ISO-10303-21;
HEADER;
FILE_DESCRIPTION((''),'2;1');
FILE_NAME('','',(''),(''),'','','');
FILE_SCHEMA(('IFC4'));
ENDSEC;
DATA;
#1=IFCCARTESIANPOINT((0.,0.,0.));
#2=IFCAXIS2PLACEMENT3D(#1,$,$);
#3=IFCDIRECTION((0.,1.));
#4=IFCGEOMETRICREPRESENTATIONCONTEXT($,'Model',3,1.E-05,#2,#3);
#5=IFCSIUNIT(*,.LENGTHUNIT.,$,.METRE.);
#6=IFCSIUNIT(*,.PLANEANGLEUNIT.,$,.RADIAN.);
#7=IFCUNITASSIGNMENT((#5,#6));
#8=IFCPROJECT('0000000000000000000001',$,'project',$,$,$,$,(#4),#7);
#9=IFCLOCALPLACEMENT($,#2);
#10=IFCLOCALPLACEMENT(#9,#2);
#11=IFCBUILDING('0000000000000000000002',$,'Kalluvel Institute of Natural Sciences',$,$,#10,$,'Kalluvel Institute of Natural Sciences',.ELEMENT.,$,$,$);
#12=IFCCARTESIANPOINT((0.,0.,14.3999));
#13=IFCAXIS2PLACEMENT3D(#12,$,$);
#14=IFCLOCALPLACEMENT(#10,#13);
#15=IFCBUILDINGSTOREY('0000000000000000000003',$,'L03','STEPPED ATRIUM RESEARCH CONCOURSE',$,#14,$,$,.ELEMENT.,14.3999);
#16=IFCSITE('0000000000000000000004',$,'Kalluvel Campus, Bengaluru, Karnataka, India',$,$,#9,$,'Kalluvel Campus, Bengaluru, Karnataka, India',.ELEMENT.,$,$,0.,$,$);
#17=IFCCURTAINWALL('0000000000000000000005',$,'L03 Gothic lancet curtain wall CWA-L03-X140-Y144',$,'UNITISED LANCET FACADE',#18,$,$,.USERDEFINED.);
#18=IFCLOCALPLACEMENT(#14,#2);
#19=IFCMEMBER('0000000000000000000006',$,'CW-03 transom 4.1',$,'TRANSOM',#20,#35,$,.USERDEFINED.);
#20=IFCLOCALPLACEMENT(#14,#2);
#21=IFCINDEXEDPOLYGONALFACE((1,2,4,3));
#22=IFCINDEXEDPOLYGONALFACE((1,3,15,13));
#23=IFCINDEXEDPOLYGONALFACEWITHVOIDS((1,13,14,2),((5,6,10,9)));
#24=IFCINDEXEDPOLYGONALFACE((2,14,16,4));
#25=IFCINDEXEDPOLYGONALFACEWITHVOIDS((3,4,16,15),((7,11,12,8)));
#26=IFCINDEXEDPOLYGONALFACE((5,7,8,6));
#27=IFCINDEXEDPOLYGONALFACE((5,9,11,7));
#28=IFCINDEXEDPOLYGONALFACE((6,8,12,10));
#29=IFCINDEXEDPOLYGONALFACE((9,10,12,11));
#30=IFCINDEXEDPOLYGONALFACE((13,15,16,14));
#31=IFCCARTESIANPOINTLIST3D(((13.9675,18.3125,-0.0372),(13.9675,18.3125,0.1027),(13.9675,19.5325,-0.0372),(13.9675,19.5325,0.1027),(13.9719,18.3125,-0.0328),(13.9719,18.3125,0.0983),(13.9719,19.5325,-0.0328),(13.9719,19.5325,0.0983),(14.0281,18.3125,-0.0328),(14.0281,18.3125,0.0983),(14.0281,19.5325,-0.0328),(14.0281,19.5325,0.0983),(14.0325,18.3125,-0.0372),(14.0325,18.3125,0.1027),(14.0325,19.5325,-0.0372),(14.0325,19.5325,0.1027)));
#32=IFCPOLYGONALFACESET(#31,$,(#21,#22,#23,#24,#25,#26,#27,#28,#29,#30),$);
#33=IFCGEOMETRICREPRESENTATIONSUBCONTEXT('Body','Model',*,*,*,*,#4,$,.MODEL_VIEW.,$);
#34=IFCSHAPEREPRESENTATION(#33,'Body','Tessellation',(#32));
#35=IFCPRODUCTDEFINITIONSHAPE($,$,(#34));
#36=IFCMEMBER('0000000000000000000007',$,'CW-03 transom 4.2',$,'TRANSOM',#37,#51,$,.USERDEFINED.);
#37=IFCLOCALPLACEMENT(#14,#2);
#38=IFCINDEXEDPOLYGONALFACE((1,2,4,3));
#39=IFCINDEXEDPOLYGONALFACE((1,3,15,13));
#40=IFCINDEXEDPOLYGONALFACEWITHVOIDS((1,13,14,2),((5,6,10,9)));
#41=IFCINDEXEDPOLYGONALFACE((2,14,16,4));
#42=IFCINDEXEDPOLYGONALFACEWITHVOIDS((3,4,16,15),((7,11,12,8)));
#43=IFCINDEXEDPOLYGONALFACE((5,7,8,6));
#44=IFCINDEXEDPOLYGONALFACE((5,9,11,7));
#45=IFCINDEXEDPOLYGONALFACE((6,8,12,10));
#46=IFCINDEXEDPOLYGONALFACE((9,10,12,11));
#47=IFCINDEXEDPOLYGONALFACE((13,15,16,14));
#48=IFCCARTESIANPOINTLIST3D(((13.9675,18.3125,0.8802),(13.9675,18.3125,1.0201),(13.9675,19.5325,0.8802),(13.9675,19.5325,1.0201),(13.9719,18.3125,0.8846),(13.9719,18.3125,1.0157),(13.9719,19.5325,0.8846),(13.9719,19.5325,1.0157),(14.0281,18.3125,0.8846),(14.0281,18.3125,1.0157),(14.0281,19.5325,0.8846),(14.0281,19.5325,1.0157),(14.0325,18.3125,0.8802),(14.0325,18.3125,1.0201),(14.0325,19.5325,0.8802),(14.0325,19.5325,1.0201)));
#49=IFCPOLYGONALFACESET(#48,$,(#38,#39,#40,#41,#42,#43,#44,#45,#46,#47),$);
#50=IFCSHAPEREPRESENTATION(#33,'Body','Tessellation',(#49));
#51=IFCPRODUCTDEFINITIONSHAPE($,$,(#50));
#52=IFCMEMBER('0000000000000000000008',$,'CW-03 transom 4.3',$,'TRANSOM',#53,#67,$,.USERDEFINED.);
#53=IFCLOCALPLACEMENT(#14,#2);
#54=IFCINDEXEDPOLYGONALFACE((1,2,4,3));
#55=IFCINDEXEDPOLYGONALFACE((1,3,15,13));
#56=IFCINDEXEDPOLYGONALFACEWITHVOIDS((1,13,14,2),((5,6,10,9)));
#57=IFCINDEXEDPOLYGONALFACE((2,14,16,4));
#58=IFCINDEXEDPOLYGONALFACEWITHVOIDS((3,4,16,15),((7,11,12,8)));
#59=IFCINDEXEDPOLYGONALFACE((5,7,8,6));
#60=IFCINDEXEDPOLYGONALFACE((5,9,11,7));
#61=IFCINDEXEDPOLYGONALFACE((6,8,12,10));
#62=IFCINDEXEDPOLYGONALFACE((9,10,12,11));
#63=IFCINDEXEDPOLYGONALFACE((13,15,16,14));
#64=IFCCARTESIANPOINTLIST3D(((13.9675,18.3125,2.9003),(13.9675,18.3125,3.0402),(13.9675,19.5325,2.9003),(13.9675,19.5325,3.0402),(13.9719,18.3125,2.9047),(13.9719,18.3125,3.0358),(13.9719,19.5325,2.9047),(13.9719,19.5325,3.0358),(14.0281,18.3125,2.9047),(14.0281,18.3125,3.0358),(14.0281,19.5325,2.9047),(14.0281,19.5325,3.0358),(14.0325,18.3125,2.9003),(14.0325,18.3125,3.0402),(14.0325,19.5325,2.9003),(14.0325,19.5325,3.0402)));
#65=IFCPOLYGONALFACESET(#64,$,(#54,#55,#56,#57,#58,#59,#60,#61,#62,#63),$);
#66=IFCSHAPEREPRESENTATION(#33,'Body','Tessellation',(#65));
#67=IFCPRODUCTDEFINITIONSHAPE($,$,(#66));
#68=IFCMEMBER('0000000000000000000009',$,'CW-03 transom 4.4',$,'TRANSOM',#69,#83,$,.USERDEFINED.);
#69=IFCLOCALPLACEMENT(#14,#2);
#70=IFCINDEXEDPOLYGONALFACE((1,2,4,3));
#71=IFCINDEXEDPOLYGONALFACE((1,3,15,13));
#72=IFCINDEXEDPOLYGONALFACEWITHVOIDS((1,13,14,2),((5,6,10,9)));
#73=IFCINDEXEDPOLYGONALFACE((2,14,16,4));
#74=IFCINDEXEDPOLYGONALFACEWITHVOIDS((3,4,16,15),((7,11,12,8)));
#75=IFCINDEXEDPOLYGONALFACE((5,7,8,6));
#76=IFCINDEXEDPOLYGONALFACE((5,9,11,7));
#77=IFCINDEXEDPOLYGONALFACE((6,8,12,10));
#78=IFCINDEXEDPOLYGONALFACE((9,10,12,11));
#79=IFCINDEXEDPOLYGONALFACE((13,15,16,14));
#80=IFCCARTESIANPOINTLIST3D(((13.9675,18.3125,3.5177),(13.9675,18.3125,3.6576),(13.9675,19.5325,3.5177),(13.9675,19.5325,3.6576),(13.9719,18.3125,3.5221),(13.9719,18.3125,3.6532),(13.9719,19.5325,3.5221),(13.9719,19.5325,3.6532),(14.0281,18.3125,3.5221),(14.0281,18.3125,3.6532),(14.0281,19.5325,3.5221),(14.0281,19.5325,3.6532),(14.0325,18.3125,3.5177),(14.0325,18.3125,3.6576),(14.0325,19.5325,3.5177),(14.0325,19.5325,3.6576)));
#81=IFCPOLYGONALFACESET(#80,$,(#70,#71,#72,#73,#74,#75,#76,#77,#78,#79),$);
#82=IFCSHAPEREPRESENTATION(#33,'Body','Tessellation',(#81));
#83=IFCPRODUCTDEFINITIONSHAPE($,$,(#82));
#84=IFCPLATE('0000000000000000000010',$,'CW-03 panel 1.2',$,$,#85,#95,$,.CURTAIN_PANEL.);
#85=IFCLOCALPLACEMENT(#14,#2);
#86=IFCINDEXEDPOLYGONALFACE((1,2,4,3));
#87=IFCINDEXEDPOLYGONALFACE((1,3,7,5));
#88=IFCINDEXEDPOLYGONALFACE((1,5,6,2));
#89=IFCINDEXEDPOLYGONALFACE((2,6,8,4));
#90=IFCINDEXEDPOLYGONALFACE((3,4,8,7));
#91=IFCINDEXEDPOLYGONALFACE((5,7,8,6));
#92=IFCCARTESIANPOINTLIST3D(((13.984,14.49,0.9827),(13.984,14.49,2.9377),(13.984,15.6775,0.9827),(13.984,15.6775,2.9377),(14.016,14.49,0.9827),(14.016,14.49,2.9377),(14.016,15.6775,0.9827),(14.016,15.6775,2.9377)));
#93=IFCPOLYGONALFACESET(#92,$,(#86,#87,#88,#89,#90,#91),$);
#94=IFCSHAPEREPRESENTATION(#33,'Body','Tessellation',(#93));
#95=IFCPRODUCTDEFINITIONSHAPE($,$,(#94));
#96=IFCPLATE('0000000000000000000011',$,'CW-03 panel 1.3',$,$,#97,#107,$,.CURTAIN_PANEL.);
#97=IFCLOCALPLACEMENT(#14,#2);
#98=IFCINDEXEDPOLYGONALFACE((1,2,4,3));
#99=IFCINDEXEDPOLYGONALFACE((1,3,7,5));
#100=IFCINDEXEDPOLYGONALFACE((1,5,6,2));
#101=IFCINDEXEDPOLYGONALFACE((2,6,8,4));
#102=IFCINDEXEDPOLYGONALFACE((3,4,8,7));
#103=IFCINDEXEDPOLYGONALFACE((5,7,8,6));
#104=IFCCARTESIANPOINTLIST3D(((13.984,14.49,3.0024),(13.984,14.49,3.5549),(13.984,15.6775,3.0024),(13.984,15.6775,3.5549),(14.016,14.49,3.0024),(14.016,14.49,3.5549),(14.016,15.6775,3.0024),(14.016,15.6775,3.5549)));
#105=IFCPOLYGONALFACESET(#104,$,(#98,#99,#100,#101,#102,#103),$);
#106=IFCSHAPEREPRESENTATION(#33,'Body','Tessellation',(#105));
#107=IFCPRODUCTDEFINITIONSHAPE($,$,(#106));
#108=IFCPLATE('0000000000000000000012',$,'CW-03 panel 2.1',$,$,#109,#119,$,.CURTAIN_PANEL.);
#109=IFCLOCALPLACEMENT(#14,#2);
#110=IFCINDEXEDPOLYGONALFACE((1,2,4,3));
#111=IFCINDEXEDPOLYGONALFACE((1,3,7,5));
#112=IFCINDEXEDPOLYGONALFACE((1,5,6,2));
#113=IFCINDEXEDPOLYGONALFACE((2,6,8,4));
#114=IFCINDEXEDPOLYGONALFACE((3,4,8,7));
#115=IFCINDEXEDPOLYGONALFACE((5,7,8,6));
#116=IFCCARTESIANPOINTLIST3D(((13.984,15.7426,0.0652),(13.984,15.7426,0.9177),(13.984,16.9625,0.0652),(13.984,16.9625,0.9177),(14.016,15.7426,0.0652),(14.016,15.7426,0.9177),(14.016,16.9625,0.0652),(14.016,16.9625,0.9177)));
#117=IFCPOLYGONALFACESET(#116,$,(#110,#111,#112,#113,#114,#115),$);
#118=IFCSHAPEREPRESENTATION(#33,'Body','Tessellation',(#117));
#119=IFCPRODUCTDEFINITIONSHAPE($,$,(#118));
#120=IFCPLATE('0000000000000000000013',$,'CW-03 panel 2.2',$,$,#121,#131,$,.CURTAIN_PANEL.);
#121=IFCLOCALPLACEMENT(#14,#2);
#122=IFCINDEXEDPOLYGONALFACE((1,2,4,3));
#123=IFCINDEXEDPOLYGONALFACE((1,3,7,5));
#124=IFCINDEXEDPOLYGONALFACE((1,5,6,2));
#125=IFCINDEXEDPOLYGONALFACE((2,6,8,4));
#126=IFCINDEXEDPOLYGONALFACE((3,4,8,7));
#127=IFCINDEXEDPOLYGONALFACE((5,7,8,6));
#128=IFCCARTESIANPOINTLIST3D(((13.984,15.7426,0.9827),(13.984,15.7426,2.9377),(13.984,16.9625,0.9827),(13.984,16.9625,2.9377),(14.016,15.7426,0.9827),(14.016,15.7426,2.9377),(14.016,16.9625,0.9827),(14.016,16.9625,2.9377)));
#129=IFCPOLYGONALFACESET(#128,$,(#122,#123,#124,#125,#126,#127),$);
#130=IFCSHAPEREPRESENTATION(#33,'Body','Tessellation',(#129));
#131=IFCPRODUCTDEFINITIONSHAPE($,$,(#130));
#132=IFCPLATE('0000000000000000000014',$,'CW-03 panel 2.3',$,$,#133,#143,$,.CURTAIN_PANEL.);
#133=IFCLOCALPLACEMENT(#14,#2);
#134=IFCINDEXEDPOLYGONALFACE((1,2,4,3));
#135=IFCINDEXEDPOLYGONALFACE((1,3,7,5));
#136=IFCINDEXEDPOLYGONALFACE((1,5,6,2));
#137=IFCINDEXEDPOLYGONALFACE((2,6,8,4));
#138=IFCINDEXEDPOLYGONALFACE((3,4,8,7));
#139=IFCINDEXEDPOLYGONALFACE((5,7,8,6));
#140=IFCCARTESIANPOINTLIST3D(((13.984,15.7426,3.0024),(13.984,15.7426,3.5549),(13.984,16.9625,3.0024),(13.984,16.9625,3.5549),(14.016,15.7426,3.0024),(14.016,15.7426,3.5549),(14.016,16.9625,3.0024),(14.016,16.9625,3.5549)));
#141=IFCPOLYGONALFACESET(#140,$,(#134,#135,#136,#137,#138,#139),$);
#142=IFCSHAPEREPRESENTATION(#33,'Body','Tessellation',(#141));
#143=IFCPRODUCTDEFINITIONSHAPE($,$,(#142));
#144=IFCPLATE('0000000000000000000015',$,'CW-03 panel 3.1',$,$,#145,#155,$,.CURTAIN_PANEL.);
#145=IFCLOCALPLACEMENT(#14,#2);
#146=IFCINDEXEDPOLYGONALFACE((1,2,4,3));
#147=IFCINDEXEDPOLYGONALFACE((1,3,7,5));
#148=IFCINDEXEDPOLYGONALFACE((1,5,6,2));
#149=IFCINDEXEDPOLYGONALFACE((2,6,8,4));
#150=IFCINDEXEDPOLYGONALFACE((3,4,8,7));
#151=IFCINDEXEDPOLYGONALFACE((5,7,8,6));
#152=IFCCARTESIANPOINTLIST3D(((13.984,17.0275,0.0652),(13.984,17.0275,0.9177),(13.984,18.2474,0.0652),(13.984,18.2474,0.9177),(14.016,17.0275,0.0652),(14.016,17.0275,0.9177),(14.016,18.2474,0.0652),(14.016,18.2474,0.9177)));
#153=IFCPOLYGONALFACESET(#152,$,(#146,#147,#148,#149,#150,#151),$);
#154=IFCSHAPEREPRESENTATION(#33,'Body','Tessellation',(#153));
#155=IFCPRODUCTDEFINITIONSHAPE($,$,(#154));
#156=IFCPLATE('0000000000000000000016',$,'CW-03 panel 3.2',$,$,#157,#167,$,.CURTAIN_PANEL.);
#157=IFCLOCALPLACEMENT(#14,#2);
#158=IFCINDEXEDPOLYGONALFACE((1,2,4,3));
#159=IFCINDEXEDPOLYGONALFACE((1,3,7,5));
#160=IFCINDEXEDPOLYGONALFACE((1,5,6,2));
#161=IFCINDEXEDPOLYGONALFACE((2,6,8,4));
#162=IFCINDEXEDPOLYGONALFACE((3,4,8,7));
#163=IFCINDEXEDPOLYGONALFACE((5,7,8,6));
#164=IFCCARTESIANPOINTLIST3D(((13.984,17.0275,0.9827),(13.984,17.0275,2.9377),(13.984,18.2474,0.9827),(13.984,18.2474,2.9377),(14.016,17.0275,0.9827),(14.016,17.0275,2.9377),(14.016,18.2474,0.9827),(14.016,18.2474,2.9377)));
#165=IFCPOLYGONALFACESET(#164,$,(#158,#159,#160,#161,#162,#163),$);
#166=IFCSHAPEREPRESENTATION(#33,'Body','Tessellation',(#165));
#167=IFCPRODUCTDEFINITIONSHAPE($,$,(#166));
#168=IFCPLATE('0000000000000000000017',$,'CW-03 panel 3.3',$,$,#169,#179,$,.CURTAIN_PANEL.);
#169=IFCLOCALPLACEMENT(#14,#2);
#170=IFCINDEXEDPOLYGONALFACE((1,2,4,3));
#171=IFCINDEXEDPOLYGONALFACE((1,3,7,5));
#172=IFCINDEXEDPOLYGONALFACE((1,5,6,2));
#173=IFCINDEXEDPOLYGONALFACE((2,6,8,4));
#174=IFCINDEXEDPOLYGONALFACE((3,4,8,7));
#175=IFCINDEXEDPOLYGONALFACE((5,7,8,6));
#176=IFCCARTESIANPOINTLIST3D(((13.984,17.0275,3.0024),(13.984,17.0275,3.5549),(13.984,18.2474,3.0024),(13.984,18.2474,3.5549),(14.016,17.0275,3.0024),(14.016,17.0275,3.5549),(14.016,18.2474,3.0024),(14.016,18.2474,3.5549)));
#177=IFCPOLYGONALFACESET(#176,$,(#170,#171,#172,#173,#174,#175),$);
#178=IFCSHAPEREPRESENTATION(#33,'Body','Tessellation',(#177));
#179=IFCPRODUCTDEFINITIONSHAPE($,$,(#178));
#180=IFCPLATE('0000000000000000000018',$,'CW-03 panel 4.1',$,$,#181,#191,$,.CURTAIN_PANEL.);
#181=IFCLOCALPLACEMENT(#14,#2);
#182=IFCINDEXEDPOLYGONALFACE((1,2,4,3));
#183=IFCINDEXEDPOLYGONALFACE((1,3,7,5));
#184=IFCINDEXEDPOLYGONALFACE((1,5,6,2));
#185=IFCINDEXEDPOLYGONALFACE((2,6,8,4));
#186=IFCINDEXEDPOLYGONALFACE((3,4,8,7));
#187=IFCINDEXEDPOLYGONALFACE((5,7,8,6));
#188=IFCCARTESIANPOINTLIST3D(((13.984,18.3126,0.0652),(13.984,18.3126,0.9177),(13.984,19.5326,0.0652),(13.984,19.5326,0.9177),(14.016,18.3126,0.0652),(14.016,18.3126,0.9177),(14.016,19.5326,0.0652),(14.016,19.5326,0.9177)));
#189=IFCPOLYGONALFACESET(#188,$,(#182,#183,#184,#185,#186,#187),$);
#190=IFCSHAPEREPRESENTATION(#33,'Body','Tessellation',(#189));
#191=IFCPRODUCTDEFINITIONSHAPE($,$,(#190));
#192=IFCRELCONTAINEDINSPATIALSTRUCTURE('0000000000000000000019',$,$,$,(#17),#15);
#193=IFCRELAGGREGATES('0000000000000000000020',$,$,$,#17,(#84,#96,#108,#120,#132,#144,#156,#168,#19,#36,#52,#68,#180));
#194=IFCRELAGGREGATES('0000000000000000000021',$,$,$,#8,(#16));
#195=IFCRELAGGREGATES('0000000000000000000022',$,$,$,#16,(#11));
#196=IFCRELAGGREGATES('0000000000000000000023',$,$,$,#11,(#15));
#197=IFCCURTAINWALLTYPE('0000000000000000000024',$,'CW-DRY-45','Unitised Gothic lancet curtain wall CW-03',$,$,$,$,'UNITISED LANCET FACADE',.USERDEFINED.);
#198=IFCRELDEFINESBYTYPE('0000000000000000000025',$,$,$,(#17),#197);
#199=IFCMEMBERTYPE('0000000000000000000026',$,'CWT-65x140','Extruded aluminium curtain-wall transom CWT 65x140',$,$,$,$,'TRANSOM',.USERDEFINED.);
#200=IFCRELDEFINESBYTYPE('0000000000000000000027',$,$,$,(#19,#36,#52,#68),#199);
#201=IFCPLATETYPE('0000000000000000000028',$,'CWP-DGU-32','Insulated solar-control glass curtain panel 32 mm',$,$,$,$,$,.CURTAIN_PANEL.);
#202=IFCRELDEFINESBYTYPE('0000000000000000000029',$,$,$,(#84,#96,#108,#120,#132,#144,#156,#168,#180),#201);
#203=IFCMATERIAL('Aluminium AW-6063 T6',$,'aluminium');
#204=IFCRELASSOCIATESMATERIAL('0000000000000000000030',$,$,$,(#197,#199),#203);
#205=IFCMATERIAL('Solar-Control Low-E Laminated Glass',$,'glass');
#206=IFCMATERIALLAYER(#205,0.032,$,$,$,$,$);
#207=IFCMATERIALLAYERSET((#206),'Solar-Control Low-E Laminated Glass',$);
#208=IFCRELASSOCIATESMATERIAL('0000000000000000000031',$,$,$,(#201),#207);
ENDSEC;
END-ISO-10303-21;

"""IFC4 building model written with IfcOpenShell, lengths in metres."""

from ifc_helpers import new_model, si_unit, direction, frame, origin, origin_2d, place, context, subcontext, project, spatial, rectangle, hollow_rectangle, extrude, material, layer, layer_set, material_profile, profile_set, type_object, element, aggregate, save


model = new_model("IFC4")

# Units and contexts
model_context = context("Model", 3, precision=1e-05, world=origin(), true_north=direction((0.0, 1.0)))
body_context = subcontext(model_context, "Body", "Model", "MODEL_VIEW")
ifc_project = project(units=[si_unit("LENGTHUNIT", "METRE"), si_unit("PLANEANGLEUNIT", "RADIAN")], contexts=[model_context])

# Site, building, storey
site_placement = place(None, origin())
site = spatial("IfcSite", under=ifc_project, at=site_placement, Name="Kalluvel Campus, Bengaluru, Karnataka, India", LongName="Kalluvel Campus, Bengaluru, Karnataka, India", CompositionType="ELEMENT", RefElevation=0.0)
building_placement = place(site_placement, origin())
building = spatial("IfcBuilding", under=site, at=building_placement, Name="Kalluvel Institute of Natural Sciences", LongName="Kalluvel Institute of Natural Sciences", CompositionType="ELEMENT")
storey_placement = place(building_placement, frame((0.0, 0.0, 14.3999)))
storey = spatial("IfcBuildingStorey", under=building, at=storey_placement, Name="L03", Description="STEPPED ATRIUM RESEARCH CONCOURSE", CompositionType="ELEMENT", Elevation=14.3999)

# Curtain wall, members, plates
ifc_material_1 = material(Name="Aluminium AW-6063 T6", Category="aluminium")
curtain_wall_type = type_object("IfcCurtainWallType", Name="CW-DRY-45", Description="Unitised Gothic lancet curtain wall CW-03", ElementType="UNITISED LANCET FACADE", PredefinedType="USERDEFINED", material=ifc_material_1)
curtain_wall_placement = place(storey_placement, origin())
curtain_wall = element("IfcCurtainWall", 1, at=curtain_wall_placement, inside=storey, type_object=curtain_wall_type, Name="L03 Gothic lancet curtain wall CWA-L03-X140-Y144", ObjectType="UNITISED LANCET FACADE", PredefinedType="USERDEFINED")
ifc_material_profile_1 = material_profile(ifc_material_1, hollow_rectangle(XDim=0.0649, YDim=0.1399, WallThickness=0.0044, at=origin_2d()), Name="CWT 65x140")
ifc_profile_set_1 = profile_set([ifc_material_profile_1], Name="Aluminium AW-6063 T6")
member_type_1 = type_object("IfcMemberType", Name="CWT-65x140", Description="Extruded aluminium curtain-wall transom CWT 65x140", ElementType="TRANSOM", PredefinedType="USERDEFINED", material=ifc_profile_set_1)
member_1_placement = place(storey_placement, frame((14.0, 18.3125, 0.0327), z_axis=(0.0, 1.0, 0.0), x_axis=(-1.0, 0.0, 0.0)))
member_1 = element("IfcMember", 2, at=member_1_placement, type_object=member_type_1, Name="CW-03 transom 4.1", ObjectType="TRANSOM", PredefinedType="USERDEFINED", context=body_context, shape_type="SweptSolid", body=[
    extrude(hollow_rectangle(XDim=0.0649, YDim=0.1399, WallThickness=0.0044, at=origin_2d()), origin(), (0.0, 0.0, 1.0), 1.22),
])
member_2_placement = place(storey_placement, frame((14.0, 18.3125, 0.9502), z_axis=(0.0, 1.0, 0.0), x_axis=(-1.0, 0.0, 0.0)))
member_2 = element("IfcMember", 3, at=member_2_placement, type_object=member_type_1, Name="CW-03 transom 4.2", ObjectType="TRANSOM", PredefinedType="USERDEFINED", context=body_context, shape_type="SweptSolid", body=[
    extrude(hollow_rectangle(XDim=0.0649, YDim=0.1399, WallThickness=0.0044, at=origin_2d()), origin(), (0.0, 0.0, 1.0), 1.22),
])
member_3_placement = place(storey_placement, frame((14.0, 18.3125, 2.9702), z_axis=(0.0, 1.0, 0.0), x_axis=(-1.0, 0.0, 0.0)))
member_3 = element("IfcMember", 4, at=member_3_placement, type_object=member_type_1, Name="CW-03 transom 4.3", ObjectType="TRANSOM", PredefinedType="USERDEFINED", context=body_context, shape_type="SweptSolid", body=[
    extrude(hollow_rectangle(XDim=0.0649, YDim=0.1399, WallThickness=0.0044, at=origin_2d()), origin(), (0.0, 0.0, 1.0), 1.22),
])
member_4_placement = place(storey_placement, frame((14.0, 18.3125, 3.5876), z_axis=(0.0, 1.0, 0.0), x_axis=(-1.0, 0.0, 0.0)))
member_4 = element("IfcMember", 5, at=member_4_placement, type_object=member_type_1, Name="CW-03 transom 4.4", ObjectType="TRANSOM", PredefinedType="USERDEFINED", context=body_context, shape_type="SweptSolid", body=[
    extrude(hollow_rectangle(XDim=0.0649, YDim=0.1399, WallThickness=0.0044, at=origin_2d()), origin(), (0.0, 0.0, 1.0), 1.22),
])
ifc_material_2 = material(Name="Solar-Control Low-E Laminated Glass", Category="glass")
ifc_layer = layer(ifc_material_2, 0.032)
ifc_layer_set = layer_set([ifc_layer], Name="Solar-Control Low-E Laminated Glass")
plate_type = type_object("IfcPlateType", Name="CWP-DGU-32", Description="Insulated solar-control glass curtain panel 32 mm", PredefinedType="CURTAIN_PANEL", material=ifc_layer_set)
plate_1_placement = place(storey_placement, frame((14.0, 15.0837, 0.9827), z_axis=(0.0, 0.0, 1.0), x_axis=(0.0, 1.0, 0.0)))
plate_1 = element("IfcPlate", 6, at=plate_1_placement, type_object=plate_type, Name="CW-03 panel 1.2", PredefinedType="CURTAIN_PANEL", context=body_context, shape_type="SweptSolid", body=[
    extrude(rectangle(XDim=1.1875, YDim=0.032, at=origin_2d()), origin(), (0.0, 0.0, 1.0), 1.9551),
])
plate_2_placement = place(storey_placement, frame((14.0, 15.0837, 3.0024), z_axis=(0.0, 0.0, 1.0), x_axis=(0.0, 1.0, 0.0)))
plate_2 = element("IfcPlate", 7, at=plate_2_placement, type_object=plate_type, Name="CW-03 panel 1.3", PredefinedType="CURTAIN_PANEL", context=body_context, shape_type="SweptSolid", body=[
    extrude(rectangle(XDim=1.1875, YDim=0.032, at=origin_2d()), origin(), (0.0, 0.0, 1.0), 0.5525),
])
plate_3_placement = place(storey_placement, frame((14.0, 16.3525, 0.0652), z_axis=(0.0, 0.0, 1.0), x_axis=(0.0, 1.0, 0.0)))
plate_3 = element("IfcPlate", 8, at=plate_3_placement, type_object=plate_type, Name="CW-03 panel 2.1", PredefinedType="CURTAIN_PANEL", context=body_context, shape_type="SweptSolid", body=[
    extrude(rectangle(XDim=1.22, YDim=0.032, at=origin_2d()), origin(), (0.0, 0.0, 1.0), 0.8525),
])
plate_4_placement = place(storey_placement, frame((14.0, 16.3525, 0.9827), z_axis=(0.0, 0.0, 1.0), x_axis=(0.0, 1.0, 0.0)))
plate_4 = element("IfcPlate", 9, at=plate_4_placement, type_object=plate_type, Name="CW-03 panel 2.2", PredefinedType="CURTAIN_PANEL", context=body_context, shape_type="SweptSolid", body=[
    extrude(rectangle(XDim=1.22, YDim=0.032, at=origin_2d()), origin(), (0.0, 0.0, 1.0), 1.9551),
])
plate_5_placement = place(storey_placement, frame((14.0, 16.3525, 3.0024), z_axis=(0.0, 0.0, 1.0), x_axis=(0.0, 1.0, 0.0)))
plate_5 = element("IfcPlate", 10, at=plate_5_placement, type_object=plate_type, Name="CW-03 panel 2.3", PredefinedType="CURTAIN_PANEL", context=body_context, shape_type="SweptSolid", body=[
    extrude(rectangle(XDim=1.22, YDim=0.032, at=origin_2d()), origin(), (0.0, 0.0, 1.0), 0.5525),
])
plate_6_placement = place(storey_placement, frame((14.0, 17.6375, 0.0652), z_axis=(0.0, 0.0, 1.0), x_axis=(0.0, 1.0, 0.0)))
plate_6 = element("IfcPlate", 11, at=plate_6_placement, type_object=plate_type, Name="CW-03 panel 3.1", PredefinedType="CURTAIN_PANEL", context=body_context, shape_type="SweptSolid", body=[
    extrude(rectangle(XDim=1.22, YDim=0.032, at=origin_2d()), origin(), (0.0, 0.0, 1.0), 0.8525),
])
plate_7_placement = place(storey_placement, frame((14.0, 17.6375, 0.9827), z_axis=(0.0, 0.0, 1.0), x_axis=(0.0, 1.0, 0.0)))
plate_7 = element("IfcPlate", 12, at=plate_7_placement, type_object=plate_type, Name="CW-03 panel 3.2", PredefinedType="CURTAIN_PANEL", context=body_context, shape_type="SweptSolid", body=[
    extrude(rectangle(XDim=1.22, YDim=0.032, at=origin_2d()), origin(), (0.0, 0.0, 1.0), 1.9551),
])
plate_8_placement = place(storey_placement, frame((14.0, 17.6375, 3.0024), z_axis=(0.0, 0.0, 1.0), x_axis=(0.0, 1.0, 0.0)))
plate_8 = element("IfcPlate", 13, at=plate_8_placement, type_object=plate_type, Name="CW-03 panel 3.3", PredefinedType="CURTAIN_PANEL", context=body_context, shape_type="SweptSolid", body=[
    extrude(rectangle(XDim=1.22, YDim=0.032, at=origin_2d()), origin(), (0.0, 0.0, 1.0), 0.5525),
])
plate_9_placement = place(storey_placement, frame((14.0, 18.9226, 0.0652), z_axis=(0.0, 0.0, 1.0), x_axis=(0.0, 1.0, 0.0)))
plate_9 = element("IfcPlate", 14, at=plate_9_placement, type_object=plate_type, Name="CW-03 panel 4.1", PredefinedType="CURTAIN_PANEL", context=body_context, shape_type="SweptSolid", body=[
    extrude(rectangle(XDim=1.22, YDim=0.032, at=origin_2d()), origin(), (0.0, 0.0, 1.0), 0.8525),
])
aggregate(curtain_wall, [plate_1, plate_2, plate_3, plate_4, plate_5, plate_6, plate_7, plate_8, member_1, member_2, member_3, member_4, plate_9])

save(model, "model.ifc")
